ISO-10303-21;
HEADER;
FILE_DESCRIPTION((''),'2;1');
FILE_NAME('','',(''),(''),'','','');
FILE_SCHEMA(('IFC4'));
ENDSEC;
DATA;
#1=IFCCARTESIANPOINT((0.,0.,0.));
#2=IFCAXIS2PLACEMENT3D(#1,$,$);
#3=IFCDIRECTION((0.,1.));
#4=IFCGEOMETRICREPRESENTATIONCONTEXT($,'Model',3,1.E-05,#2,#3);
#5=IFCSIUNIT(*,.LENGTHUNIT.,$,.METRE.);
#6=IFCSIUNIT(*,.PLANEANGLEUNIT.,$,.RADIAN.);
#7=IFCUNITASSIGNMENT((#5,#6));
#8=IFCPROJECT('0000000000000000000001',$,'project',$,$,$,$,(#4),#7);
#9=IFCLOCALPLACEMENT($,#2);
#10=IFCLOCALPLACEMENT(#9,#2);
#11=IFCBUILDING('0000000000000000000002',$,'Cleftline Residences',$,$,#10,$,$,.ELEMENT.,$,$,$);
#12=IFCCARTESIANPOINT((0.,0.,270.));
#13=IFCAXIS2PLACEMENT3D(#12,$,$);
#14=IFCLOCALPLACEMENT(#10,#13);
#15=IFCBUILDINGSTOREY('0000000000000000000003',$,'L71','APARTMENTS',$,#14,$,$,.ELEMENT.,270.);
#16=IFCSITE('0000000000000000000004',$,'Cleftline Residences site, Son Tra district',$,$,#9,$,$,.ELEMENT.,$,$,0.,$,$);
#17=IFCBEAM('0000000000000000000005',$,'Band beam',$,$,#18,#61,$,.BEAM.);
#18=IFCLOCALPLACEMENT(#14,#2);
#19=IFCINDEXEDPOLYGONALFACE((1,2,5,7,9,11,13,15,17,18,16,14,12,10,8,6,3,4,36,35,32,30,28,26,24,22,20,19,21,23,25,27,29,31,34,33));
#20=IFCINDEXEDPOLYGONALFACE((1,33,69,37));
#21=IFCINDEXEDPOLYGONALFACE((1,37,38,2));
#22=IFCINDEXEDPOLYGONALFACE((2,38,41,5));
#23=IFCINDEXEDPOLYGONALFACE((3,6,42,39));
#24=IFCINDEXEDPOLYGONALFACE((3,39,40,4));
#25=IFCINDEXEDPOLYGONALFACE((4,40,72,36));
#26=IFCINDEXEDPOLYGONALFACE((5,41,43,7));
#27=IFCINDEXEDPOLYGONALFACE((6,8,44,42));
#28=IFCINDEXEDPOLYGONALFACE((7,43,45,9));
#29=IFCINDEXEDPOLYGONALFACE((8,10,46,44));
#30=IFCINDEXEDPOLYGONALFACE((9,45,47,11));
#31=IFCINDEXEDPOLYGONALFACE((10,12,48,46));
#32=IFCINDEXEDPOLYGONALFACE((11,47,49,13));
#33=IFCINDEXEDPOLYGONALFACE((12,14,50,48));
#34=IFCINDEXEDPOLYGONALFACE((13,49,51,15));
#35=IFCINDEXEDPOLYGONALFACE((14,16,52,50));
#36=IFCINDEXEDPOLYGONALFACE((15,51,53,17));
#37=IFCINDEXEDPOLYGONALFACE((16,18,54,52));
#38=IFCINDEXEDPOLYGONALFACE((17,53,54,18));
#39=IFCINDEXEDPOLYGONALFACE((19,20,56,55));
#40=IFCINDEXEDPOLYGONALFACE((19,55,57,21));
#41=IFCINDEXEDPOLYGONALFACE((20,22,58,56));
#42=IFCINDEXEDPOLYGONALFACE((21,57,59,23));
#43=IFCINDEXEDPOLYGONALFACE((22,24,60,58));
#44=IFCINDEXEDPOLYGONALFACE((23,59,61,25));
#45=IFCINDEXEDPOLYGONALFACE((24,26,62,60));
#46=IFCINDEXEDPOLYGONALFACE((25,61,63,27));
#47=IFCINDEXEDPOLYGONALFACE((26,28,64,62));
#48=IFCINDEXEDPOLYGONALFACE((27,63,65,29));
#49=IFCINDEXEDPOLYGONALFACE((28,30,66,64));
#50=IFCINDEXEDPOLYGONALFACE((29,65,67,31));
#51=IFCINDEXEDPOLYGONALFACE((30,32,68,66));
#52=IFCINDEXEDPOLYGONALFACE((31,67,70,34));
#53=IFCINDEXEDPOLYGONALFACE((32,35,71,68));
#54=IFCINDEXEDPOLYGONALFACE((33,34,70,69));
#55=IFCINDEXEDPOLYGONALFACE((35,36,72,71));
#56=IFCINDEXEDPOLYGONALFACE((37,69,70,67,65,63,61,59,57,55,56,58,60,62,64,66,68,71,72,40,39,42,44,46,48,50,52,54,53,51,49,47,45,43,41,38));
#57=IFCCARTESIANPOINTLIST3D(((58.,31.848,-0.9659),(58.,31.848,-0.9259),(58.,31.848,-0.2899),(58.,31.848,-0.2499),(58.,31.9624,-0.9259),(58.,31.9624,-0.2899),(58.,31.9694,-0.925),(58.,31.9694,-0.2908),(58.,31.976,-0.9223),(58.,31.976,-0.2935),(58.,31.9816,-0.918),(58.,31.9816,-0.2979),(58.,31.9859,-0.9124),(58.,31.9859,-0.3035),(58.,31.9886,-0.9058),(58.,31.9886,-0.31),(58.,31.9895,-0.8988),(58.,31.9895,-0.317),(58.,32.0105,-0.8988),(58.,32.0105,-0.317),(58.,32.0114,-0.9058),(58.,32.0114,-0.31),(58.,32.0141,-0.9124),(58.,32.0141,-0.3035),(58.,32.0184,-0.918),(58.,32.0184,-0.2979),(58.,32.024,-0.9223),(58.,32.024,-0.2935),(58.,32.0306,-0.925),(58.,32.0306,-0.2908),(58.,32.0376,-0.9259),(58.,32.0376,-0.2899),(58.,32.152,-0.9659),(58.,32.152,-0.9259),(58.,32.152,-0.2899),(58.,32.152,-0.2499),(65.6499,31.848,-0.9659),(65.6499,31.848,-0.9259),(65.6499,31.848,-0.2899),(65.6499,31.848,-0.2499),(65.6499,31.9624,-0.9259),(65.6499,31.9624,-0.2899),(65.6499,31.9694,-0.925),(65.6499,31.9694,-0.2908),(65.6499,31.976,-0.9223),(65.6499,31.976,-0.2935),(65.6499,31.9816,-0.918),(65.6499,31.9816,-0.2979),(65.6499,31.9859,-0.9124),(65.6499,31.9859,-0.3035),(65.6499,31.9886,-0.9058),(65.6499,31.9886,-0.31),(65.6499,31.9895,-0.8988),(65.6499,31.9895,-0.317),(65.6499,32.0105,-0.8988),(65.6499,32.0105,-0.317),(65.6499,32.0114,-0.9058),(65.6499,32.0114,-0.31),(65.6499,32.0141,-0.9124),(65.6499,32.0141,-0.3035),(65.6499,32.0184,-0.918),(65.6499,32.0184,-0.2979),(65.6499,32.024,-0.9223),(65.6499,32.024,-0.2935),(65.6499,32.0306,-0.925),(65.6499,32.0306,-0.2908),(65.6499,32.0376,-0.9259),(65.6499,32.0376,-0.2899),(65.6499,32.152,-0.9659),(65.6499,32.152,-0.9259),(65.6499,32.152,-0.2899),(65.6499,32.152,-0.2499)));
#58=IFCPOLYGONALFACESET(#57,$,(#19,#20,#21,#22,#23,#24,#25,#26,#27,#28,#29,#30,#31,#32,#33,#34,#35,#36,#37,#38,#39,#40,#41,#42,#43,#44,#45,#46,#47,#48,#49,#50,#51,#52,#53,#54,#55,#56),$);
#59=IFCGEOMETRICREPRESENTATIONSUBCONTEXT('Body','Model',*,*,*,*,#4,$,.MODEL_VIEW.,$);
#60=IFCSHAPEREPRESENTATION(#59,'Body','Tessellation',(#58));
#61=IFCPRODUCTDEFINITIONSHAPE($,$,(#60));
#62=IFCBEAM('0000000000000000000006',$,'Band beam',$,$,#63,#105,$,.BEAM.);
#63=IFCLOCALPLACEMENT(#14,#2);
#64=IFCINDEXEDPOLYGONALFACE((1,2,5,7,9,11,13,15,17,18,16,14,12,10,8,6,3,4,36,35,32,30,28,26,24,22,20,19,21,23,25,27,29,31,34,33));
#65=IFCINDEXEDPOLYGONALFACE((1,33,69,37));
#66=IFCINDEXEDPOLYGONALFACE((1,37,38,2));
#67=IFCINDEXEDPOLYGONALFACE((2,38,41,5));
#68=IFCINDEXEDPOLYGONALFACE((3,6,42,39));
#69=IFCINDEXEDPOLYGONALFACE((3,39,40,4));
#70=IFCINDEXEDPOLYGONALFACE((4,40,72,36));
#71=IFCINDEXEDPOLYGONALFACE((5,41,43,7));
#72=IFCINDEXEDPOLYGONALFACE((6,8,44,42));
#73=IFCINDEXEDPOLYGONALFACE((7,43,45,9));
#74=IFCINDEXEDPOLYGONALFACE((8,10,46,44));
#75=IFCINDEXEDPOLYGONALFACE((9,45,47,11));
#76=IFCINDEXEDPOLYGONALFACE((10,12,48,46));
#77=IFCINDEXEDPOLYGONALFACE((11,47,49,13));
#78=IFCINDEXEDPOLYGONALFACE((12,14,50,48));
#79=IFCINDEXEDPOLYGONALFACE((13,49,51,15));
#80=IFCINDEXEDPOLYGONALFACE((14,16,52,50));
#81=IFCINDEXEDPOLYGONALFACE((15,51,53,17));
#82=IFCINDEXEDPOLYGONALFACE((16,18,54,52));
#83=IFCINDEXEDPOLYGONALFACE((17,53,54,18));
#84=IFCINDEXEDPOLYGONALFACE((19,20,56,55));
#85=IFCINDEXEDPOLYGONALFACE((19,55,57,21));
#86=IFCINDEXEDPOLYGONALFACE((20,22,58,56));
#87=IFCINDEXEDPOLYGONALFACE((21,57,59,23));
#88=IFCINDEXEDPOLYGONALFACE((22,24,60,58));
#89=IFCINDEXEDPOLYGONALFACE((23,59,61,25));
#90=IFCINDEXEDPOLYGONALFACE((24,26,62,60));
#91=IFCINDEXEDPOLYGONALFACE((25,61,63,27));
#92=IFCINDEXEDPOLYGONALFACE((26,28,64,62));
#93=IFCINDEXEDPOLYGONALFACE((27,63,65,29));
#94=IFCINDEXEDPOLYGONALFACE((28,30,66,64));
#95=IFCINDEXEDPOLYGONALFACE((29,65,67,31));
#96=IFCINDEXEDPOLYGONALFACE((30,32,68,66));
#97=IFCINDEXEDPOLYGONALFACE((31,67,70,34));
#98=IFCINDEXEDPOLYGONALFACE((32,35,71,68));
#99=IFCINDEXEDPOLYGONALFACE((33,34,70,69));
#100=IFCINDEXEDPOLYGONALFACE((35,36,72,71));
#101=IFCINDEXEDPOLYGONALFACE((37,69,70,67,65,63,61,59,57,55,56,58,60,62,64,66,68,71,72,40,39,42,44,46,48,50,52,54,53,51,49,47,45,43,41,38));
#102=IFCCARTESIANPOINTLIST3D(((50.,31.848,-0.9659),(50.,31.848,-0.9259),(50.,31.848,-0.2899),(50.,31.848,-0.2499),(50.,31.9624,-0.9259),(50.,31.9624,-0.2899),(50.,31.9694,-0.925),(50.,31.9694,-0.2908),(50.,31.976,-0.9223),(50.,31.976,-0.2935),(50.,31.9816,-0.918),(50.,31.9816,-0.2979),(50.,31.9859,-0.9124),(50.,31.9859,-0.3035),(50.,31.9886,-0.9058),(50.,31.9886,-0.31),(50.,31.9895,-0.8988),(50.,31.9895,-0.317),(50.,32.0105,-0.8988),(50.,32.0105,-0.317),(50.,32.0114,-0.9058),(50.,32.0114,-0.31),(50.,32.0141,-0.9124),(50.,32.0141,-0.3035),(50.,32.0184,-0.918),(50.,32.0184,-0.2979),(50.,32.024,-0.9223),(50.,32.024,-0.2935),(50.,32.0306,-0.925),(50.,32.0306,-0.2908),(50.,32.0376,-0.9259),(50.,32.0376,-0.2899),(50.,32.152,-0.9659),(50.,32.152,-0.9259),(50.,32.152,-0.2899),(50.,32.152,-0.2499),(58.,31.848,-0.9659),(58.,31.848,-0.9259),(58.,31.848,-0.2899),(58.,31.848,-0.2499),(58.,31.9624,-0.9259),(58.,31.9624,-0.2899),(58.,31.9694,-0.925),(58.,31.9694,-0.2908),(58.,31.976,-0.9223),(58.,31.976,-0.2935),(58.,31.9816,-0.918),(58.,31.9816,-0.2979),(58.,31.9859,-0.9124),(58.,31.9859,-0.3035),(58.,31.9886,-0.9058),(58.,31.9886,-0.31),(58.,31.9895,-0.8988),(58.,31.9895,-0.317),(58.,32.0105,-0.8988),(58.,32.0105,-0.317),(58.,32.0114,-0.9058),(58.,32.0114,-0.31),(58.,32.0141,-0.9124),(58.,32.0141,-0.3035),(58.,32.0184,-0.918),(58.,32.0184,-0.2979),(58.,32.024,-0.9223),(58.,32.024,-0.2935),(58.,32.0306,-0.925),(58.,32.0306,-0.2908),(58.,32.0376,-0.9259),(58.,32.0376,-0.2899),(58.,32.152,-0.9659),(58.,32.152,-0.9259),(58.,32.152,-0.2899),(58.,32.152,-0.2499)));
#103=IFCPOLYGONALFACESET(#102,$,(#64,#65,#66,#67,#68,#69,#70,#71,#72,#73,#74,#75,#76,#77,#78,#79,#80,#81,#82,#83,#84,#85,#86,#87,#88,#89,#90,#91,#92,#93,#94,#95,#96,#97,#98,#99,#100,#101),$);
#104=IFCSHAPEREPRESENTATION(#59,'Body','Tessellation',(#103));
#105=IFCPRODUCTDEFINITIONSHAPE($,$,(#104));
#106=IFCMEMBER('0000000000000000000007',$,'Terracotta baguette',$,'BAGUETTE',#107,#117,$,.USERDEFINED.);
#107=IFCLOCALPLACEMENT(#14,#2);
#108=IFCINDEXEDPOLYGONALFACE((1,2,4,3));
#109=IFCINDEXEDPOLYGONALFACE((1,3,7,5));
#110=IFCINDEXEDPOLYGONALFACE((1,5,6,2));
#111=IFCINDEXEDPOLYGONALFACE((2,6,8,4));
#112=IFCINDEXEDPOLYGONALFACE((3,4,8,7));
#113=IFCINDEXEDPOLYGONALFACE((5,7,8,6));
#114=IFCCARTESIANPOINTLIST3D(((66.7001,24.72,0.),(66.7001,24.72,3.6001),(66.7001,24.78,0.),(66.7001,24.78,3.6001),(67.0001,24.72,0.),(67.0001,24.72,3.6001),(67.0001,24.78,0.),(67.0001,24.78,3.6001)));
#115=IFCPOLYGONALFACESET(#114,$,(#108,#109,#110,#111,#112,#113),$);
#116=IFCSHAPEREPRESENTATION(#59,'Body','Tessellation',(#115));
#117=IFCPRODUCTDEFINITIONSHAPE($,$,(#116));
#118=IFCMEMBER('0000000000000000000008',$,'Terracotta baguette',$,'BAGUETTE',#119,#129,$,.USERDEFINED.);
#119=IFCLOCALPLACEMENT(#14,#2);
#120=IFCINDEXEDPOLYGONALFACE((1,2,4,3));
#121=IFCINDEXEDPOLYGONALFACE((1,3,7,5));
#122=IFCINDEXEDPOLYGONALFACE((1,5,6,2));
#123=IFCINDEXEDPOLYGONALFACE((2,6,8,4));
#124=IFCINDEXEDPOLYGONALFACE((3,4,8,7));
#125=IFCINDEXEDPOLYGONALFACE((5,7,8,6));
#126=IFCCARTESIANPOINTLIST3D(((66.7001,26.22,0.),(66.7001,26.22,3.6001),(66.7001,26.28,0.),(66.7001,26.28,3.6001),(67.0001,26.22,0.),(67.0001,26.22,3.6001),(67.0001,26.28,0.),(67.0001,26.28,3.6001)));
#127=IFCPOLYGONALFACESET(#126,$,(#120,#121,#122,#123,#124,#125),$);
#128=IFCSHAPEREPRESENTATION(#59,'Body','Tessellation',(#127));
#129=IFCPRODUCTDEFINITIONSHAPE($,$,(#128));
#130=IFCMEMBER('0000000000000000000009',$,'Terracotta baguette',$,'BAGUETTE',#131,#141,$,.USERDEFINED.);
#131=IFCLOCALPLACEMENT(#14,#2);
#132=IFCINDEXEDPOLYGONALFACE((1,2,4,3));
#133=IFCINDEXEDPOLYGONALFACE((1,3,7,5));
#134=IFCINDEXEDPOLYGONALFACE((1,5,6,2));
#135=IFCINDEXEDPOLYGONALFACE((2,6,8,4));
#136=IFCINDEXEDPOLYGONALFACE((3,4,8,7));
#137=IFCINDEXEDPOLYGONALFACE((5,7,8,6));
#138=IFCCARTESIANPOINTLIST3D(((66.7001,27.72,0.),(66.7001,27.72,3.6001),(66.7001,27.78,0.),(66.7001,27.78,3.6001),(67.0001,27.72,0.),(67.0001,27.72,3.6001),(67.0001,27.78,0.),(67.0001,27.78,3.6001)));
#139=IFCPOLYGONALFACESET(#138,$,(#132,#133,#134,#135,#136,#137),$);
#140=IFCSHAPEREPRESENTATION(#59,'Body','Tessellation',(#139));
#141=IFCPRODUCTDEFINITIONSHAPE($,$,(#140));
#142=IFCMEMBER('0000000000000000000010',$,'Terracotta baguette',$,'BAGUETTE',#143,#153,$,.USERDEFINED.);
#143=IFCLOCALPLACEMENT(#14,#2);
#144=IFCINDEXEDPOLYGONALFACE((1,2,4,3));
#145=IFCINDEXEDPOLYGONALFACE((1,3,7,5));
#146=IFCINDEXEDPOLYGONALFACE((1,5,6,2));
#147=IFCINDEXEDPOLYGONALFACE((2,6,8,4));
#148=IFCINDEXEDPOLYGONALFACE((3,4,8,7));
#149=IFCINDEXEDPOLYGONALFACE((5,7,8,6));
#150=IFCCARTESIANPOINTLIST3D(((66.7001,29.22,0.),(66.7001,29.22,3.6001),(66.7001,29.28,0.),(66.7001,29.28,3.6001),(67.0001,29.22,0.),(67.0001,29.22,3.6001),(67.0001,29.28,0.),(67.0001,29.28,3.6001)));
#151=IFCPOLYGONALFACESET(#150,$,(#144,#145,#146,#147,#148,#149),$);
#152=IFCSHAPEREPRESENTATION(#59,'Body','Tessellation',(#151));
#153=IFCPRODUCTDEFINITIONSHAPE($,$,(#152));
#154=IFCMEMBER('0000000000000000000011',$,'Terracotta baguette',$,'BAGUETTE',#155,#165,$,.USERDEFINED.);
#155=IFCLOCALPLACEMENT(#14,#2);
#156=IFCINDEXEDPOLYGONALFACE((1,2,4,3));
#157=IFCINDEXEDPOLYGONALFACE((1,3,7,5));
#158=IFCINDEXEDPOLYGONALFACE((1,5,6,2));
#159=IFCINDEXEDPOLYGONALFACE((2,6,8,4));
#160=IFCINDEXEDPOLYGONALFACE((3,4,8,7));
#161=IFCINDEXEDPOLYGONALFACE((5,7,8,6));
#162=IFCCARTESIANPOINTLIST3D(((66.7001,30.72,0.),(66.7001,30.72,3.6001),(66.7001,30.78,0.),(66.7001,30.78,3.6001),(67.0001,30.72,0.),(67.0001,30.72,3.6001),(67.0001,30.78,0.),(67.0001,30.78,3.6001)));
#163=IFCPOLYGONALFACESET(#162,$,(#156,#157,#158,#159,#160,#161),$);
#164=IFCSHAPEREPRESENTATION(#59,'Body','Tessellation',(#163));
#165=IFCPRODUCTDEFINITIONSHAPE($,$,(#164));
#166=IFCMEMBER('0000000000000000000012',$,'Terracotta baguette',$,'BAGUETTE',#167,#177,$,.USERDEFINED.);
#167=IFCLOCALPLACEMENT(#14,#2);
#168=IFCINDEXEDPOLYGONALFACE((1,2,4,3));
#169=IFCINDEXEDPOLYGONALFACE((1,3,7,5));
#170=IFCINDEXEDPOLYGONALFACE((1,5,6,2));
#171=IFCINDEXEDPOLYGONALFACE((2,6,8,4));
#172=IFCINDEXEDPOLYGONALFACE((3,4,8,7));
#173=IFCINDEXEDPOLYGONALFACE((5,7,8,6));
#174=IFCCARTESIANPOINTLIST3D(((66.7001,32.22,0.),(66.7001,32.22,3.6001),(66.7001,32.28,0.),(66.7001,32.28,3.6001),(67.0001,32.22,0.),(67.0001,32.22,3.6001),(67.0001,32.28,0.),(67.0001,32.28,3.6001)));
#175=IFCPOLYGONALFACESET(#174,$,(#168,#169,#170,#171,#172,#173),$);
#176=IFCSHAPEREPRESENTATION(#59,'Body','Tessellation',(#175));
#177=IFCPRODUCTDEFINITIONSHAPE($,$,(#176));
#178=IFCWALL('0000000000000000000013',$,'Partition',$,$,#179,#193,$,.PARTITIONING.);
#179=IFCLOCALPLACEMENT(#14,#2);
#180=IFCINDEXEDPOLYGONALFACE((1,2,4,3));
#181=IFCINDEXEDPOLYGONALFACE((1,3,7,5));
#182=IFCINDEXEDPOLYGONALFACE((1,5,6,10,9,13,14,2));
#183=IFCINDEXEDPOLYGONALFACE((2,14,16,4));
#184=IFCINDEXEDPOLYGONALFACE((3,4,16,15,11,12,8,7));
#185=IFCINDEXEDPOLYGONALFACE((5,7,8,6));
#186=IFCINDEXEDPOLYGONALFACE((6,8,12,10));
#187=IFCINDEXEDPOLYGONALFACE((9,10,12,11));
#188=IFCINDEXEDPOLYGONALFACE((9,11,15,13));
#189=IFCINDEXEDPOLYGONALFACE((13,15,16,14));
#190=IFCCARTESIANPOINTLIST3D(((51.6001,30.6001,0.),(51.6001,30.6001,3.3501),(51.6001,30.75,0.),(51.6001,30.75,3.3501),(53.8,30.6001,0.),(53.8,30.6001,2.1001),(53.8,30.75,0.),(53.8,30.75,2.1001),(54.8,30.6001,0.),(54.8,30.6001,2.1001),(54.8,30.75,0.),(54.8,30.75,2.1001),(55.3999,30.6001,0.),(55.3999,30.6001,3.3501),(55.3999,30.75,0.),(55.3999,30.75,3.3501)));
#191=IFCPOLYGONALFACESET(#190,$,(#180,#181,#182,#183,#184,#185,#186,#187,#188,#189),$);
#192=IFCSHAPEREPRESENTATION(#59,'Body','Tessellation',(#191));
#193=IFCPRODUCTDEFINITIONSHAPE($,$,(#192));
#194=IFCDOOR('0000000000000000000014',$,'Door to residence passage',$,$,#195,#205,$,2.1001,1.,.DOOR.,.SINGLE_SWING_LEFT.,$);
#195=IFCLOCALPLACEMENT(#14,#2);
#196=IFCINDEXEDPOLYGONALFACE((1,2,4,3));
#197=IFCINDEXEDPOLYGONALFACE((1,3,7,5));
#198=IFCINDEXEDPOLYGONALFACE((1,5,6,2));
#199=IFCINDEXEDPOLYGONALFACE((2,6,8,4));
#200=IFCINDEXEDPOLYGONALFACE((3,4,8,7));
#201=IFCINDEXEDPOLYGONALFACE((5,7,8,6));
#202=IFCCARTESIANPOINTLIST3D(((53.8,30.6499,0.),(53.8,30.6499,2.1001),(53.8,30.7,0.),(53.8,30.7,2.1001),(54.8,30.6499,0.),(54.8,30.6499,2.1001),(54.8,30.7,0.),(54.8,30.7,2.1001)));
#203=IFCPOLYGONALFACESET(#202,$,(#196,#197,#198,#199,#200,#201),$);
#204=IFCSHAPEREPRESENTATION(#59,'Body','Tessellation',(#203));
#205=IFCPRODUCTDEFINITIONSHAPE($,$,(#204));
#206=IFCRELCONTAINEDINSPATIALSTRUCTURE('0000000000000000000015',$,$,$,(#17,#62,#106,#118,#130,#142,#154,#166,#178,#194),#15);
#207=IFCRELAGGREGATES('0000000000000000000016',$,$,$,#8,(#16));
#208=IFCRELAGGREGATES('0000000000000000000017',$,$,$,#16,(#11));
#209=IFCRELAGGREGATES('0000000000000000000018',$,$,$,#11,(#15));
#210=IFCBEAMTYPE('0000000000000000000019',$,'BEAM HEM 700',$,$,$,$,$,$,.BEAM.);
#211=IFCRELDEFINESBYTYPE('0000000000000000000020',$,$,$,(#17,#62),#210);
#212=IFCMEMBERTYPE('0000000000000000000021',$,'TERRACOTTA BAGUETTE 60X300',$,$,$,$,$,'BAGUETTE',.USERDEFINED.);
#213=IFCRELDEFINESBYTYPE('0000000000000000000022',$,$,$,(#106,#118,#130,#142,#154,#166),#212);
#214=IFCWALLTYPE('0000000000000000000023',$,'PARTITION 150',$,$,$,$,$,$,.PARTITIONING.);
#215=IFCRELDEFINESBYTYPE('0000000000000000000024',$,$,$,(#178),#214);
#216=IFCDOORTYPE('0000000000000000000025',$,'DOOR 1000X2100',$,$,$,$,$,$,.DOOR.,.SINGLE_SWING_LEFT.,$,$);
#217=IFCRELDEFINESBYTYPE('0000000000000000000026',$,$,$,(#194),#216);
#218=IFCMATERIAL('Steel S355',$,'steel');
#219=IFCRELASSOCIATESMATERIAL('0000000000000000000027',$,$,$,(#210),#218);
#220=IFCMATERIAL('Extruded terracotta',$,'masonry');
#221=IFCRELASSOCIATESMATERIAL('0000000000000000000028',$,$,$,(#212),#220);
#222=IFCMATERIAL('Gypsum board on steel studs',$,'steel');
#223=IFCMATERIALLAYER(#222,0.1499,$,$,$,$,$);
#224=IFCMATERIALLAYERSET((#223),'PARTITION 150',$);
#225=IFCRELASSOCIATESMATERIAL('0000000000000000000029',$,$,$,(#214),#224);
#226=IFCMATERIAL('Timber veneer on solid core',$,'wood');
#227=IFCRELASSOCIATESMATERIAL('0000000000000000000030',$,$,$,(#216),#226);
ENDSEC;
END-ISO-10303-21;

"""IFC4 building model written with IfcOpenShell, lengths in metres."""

from ifc_helpers import new_model, si_unit, direction, frame, frame_2d, origin, origin_2d, place, context, subcontext, project, spatial, rectangle, i_section, extrude, material, layer, layer_set, material_profile, profile_set, type_object, element, fill, save


model = new_model("IFC4")

# Units and contexts
model_context = context("Model", 3, precision=1e-05, world=origin(), true_north=direction((0.0, 1.0)))
body_context = subcontext(model_context, "Body", "Model", "MODEL_VIEW")
ifc_project = project(units=[si_unit("LENGTHUNIT", "METRE"), si_unit("PLANEANGLEUNIT", "RADIAN")], contexts=[model_context])

# Site, building, storey
site_placement = place(None, origin())
site = spatial("IfcSite", under=ifc_project, at=site_placement, Name="Cleftline Residences site, Son Tra district", CompositionType="ELEMENT", RefElevation=0.0)
building_placement = place(site_placement, origin())
building = spatial("IfcBuilding", under=site, at=building_placement, Name="Cleftline Residences", CompositionType="ELEMENT")
storey_placement = place(building_placement, frame((0.0, 0.0, 270.0)))
storey = spatial("IfcBuildingStorey", under=building, at=storey_placement, Name="L71", Description="APARTMENTS", CompositionType="ELEMENT", Elevation=270.0)

# Beams
ifc_material_1 = material(Name="Steel S355", Category="steel")
ifc_material_profile_1 = material_profile(ifc_material_1, i_section(OverallWidth=0.304, OverallDepth=0.7161, WebThickness=0.021, FlangeThickness=0.04, FilletRadius=0.0271, at=origin_2d()))
ifc_profile_set_1 = profile_set([ifc_material_profile_1], Name="Steel S355")
beam_type_1 = type_object("IfcBeamType", Name="BEAM HEM 700", PredefinedType="BEAM", material=ifc_profile_set_1)
beam_1_placement = place(storey_placement, frame((65.6499, 32.0, -0.6079), z_axis=(-1.0, 0.0, 0.0), x_axis=(0.0, -1.0, 0.0)))
element("IfcBeam", 1, at=beam_1_placement, inside=storey, type_object=beam_type_1, Name="Band beam", PredefinedType="BEAM", context=body_context, shape_type="SweptSolid", body=[
    extrude(i_section(OverallWidth=0.304, OverallDepth=0.7161, WebThickness=0.021, FlangeThickness=0.04, FilletRadius=0.0271, at=origin_2d()), origin(), (0.0, 0.0, 1.0), 7.6499),
])
beam_2_placement = place(storey_placement, frame((58.0, 32.0, -0.6079), z_axis=(-1.0, 0.0, 0.0), x_axis=(0.0, -1.0, 0.0)))
element("IfcBeam", 2, at=beam_2_placement, inside=storey, type_object=beam_type_1, Name="Band beam", PredefinedType="BEAM", context=body_context, shape_type="SweptSolid", body=[
    extrude(i_section(OverallWidth=0.304, OverallDepth=0.7161, WebThickness=0.021, FlangeThickness=0.04, FilletRadius=0.0271, at=origin_2d()), origin(), (0.0, 0.0, 1.0), 8.0),
])

# Members
ifc_material_2 = material(Name="Extruded terracotta", Category="masonry")
ifc_material_profile_2 = material_profile(ifc_material_2, rectangle(XDim=0.0601, YDim=0.3, at=origin_2d()))
ifc_profile_set_2 = profile_set([ifc_material_profile_2], Name="Extruded terracotta")
member_type_1 = type_object("IfcMemberType", Name="TERRACOTTA BAGUETTE 60X300", ElementType="BAGUETTE", PredefinedType="USERDEFINED", material=ifc_profile_set_2)
for number, where, z_axis, x_axis, name in (
    (3, (66.8501, 24.75, 0.0), (0.0, 0.0, 1.0), (0.0, 1.0, 0.0), "Terracotta baguette"),
    (4, (66.8501, 26.25, 0.0), (0.0, 0.0, 1.0), (0.0, 1.0, 0.0), "Terracotta baguette"),
    (5, (66.8501, 27.75, 0.0), (0.0, 0.0, 1.0), (0.0, 1.0, 0.0), "Terracotta baguette"),
    (6, (66.8501, 29.25, 0.0), (0.0, 0.0, 1.0), (0.0, 1.0, 0.0), "Terracotta baguette"),
    (7, (66.8501, 30.75, 0.0), (0.0, 0.0, 1.0), (0.0, 1.0, 0.0), "Terracotta baguette"),
    (8, (66.8501, 32.25, 0.0), (0.0, 0.0, 1.0), (0.0, 1.0, 0.0), "Terracotta baguette"),
):
    element("IfcMember", number, at=place(storey_placement, frame(where, z_axis=z_axis, x_axis=x_axis)), inside=storey, type_object=member_type_1, Name=name, ObjectType="BAGUETTE", PredefinedType="USERDEFINED", context=body_context, shape_type="SweptSolid", body=[
        extrude(rectangle(XDim=0.0601, YDim=0.3, at=origin_2d()), origin(), (0.0, 0.0, 1.0), 3.6001),
    ])

# Wall, opening, door
ifc_material_3 = material(Name="Gypsum board on steel studs", Category="steel")
ifc_layer_1 = layer(ifc_material_3, 0.1499)
ifc_layer_set_1 = layer_set([ifc_layer_1], Name="PARTITION 150")
wall_type_1 = type_object("IfcWallType", Name="PARTITION 150", PredefinedType="PARTITIONING", material=ifc_layer_set_1)
wall_1_placement = place(storey_placement, frame((51.6001, 30.675, 0.0), z_axis=(0.0, 0.0, 1.0), x_axis=(1.0, 0.0, 0.0)))
wall_1 = element("IfcWall", 9, at=wall_1_placement, inside=storey, type_object=wall_type_1, Name="Partition", PredefinedType="PARTITIONING", context=body_context, shape_type="SweptSolid", body=[
    extrude(rectangle(XDim=3.7998, YDim=0.1499, at=frame_2d((1.8999, 0.0))), origin(), (0.0, 0.0, 1.0), 3.3501),
])
opening_1_placement = place(wall_1_placement, frame((2.2, 0.0, 0.0)))
opening_1 = element("IfcOpeningElement", 10, at=opening_1_placement, cuts=wall_1, PredefinedType="OPENING", context=body_context, shape_type="SweptSolid", body=[
    extrude(rectangle(XDim=1.0, YDim=2.1001, at=frame_2d((0.5, 1.05))), frame((0.0, 0.085, 0.0), z_axis=(0.0, -1.0, 0.0), x_axis=(1.0, 0.0, 0.0)), (0.0, 0.0, 1.0), 0.1699),
])
ifc_material_4 = material(Name="Timber veneer on solid core", Category="wood")
door_type_1 = type_object("IfcDoorType", Name="DOOR 1000X2100", OperationType="SINGLE_SWING_LEFT", PredefinedType="DOOR", material=ifc_material_4)
door_1_placement = place(opening_1_placement, origin())
door_1 = element("IfcDoor", 11, at=door_1_placement, inside=storey, type_object=door_type_1, Name="Door to residence passage", OperationType="SINGLE_SWING_LEFT", OverallHeight=2.1001, OverallWidth=1.0, PredefinedType="DOOR", context=body_context, shape_type="SweptSolid", body=[
    extrude(rectangle(XDim=1.0, YDim=2.1001, at=frame_2d((0.5, 1.05))), frame((0.0, 0.0249, 0.0), z_axis=(0.0, -1.0, 0.0), x_axis=(1.0, 0.0, 0.0)), (0.0, 0.0, 1.0), 0.05),
])
fill(opening_1, door_1)

save(model, "model.ifc")
